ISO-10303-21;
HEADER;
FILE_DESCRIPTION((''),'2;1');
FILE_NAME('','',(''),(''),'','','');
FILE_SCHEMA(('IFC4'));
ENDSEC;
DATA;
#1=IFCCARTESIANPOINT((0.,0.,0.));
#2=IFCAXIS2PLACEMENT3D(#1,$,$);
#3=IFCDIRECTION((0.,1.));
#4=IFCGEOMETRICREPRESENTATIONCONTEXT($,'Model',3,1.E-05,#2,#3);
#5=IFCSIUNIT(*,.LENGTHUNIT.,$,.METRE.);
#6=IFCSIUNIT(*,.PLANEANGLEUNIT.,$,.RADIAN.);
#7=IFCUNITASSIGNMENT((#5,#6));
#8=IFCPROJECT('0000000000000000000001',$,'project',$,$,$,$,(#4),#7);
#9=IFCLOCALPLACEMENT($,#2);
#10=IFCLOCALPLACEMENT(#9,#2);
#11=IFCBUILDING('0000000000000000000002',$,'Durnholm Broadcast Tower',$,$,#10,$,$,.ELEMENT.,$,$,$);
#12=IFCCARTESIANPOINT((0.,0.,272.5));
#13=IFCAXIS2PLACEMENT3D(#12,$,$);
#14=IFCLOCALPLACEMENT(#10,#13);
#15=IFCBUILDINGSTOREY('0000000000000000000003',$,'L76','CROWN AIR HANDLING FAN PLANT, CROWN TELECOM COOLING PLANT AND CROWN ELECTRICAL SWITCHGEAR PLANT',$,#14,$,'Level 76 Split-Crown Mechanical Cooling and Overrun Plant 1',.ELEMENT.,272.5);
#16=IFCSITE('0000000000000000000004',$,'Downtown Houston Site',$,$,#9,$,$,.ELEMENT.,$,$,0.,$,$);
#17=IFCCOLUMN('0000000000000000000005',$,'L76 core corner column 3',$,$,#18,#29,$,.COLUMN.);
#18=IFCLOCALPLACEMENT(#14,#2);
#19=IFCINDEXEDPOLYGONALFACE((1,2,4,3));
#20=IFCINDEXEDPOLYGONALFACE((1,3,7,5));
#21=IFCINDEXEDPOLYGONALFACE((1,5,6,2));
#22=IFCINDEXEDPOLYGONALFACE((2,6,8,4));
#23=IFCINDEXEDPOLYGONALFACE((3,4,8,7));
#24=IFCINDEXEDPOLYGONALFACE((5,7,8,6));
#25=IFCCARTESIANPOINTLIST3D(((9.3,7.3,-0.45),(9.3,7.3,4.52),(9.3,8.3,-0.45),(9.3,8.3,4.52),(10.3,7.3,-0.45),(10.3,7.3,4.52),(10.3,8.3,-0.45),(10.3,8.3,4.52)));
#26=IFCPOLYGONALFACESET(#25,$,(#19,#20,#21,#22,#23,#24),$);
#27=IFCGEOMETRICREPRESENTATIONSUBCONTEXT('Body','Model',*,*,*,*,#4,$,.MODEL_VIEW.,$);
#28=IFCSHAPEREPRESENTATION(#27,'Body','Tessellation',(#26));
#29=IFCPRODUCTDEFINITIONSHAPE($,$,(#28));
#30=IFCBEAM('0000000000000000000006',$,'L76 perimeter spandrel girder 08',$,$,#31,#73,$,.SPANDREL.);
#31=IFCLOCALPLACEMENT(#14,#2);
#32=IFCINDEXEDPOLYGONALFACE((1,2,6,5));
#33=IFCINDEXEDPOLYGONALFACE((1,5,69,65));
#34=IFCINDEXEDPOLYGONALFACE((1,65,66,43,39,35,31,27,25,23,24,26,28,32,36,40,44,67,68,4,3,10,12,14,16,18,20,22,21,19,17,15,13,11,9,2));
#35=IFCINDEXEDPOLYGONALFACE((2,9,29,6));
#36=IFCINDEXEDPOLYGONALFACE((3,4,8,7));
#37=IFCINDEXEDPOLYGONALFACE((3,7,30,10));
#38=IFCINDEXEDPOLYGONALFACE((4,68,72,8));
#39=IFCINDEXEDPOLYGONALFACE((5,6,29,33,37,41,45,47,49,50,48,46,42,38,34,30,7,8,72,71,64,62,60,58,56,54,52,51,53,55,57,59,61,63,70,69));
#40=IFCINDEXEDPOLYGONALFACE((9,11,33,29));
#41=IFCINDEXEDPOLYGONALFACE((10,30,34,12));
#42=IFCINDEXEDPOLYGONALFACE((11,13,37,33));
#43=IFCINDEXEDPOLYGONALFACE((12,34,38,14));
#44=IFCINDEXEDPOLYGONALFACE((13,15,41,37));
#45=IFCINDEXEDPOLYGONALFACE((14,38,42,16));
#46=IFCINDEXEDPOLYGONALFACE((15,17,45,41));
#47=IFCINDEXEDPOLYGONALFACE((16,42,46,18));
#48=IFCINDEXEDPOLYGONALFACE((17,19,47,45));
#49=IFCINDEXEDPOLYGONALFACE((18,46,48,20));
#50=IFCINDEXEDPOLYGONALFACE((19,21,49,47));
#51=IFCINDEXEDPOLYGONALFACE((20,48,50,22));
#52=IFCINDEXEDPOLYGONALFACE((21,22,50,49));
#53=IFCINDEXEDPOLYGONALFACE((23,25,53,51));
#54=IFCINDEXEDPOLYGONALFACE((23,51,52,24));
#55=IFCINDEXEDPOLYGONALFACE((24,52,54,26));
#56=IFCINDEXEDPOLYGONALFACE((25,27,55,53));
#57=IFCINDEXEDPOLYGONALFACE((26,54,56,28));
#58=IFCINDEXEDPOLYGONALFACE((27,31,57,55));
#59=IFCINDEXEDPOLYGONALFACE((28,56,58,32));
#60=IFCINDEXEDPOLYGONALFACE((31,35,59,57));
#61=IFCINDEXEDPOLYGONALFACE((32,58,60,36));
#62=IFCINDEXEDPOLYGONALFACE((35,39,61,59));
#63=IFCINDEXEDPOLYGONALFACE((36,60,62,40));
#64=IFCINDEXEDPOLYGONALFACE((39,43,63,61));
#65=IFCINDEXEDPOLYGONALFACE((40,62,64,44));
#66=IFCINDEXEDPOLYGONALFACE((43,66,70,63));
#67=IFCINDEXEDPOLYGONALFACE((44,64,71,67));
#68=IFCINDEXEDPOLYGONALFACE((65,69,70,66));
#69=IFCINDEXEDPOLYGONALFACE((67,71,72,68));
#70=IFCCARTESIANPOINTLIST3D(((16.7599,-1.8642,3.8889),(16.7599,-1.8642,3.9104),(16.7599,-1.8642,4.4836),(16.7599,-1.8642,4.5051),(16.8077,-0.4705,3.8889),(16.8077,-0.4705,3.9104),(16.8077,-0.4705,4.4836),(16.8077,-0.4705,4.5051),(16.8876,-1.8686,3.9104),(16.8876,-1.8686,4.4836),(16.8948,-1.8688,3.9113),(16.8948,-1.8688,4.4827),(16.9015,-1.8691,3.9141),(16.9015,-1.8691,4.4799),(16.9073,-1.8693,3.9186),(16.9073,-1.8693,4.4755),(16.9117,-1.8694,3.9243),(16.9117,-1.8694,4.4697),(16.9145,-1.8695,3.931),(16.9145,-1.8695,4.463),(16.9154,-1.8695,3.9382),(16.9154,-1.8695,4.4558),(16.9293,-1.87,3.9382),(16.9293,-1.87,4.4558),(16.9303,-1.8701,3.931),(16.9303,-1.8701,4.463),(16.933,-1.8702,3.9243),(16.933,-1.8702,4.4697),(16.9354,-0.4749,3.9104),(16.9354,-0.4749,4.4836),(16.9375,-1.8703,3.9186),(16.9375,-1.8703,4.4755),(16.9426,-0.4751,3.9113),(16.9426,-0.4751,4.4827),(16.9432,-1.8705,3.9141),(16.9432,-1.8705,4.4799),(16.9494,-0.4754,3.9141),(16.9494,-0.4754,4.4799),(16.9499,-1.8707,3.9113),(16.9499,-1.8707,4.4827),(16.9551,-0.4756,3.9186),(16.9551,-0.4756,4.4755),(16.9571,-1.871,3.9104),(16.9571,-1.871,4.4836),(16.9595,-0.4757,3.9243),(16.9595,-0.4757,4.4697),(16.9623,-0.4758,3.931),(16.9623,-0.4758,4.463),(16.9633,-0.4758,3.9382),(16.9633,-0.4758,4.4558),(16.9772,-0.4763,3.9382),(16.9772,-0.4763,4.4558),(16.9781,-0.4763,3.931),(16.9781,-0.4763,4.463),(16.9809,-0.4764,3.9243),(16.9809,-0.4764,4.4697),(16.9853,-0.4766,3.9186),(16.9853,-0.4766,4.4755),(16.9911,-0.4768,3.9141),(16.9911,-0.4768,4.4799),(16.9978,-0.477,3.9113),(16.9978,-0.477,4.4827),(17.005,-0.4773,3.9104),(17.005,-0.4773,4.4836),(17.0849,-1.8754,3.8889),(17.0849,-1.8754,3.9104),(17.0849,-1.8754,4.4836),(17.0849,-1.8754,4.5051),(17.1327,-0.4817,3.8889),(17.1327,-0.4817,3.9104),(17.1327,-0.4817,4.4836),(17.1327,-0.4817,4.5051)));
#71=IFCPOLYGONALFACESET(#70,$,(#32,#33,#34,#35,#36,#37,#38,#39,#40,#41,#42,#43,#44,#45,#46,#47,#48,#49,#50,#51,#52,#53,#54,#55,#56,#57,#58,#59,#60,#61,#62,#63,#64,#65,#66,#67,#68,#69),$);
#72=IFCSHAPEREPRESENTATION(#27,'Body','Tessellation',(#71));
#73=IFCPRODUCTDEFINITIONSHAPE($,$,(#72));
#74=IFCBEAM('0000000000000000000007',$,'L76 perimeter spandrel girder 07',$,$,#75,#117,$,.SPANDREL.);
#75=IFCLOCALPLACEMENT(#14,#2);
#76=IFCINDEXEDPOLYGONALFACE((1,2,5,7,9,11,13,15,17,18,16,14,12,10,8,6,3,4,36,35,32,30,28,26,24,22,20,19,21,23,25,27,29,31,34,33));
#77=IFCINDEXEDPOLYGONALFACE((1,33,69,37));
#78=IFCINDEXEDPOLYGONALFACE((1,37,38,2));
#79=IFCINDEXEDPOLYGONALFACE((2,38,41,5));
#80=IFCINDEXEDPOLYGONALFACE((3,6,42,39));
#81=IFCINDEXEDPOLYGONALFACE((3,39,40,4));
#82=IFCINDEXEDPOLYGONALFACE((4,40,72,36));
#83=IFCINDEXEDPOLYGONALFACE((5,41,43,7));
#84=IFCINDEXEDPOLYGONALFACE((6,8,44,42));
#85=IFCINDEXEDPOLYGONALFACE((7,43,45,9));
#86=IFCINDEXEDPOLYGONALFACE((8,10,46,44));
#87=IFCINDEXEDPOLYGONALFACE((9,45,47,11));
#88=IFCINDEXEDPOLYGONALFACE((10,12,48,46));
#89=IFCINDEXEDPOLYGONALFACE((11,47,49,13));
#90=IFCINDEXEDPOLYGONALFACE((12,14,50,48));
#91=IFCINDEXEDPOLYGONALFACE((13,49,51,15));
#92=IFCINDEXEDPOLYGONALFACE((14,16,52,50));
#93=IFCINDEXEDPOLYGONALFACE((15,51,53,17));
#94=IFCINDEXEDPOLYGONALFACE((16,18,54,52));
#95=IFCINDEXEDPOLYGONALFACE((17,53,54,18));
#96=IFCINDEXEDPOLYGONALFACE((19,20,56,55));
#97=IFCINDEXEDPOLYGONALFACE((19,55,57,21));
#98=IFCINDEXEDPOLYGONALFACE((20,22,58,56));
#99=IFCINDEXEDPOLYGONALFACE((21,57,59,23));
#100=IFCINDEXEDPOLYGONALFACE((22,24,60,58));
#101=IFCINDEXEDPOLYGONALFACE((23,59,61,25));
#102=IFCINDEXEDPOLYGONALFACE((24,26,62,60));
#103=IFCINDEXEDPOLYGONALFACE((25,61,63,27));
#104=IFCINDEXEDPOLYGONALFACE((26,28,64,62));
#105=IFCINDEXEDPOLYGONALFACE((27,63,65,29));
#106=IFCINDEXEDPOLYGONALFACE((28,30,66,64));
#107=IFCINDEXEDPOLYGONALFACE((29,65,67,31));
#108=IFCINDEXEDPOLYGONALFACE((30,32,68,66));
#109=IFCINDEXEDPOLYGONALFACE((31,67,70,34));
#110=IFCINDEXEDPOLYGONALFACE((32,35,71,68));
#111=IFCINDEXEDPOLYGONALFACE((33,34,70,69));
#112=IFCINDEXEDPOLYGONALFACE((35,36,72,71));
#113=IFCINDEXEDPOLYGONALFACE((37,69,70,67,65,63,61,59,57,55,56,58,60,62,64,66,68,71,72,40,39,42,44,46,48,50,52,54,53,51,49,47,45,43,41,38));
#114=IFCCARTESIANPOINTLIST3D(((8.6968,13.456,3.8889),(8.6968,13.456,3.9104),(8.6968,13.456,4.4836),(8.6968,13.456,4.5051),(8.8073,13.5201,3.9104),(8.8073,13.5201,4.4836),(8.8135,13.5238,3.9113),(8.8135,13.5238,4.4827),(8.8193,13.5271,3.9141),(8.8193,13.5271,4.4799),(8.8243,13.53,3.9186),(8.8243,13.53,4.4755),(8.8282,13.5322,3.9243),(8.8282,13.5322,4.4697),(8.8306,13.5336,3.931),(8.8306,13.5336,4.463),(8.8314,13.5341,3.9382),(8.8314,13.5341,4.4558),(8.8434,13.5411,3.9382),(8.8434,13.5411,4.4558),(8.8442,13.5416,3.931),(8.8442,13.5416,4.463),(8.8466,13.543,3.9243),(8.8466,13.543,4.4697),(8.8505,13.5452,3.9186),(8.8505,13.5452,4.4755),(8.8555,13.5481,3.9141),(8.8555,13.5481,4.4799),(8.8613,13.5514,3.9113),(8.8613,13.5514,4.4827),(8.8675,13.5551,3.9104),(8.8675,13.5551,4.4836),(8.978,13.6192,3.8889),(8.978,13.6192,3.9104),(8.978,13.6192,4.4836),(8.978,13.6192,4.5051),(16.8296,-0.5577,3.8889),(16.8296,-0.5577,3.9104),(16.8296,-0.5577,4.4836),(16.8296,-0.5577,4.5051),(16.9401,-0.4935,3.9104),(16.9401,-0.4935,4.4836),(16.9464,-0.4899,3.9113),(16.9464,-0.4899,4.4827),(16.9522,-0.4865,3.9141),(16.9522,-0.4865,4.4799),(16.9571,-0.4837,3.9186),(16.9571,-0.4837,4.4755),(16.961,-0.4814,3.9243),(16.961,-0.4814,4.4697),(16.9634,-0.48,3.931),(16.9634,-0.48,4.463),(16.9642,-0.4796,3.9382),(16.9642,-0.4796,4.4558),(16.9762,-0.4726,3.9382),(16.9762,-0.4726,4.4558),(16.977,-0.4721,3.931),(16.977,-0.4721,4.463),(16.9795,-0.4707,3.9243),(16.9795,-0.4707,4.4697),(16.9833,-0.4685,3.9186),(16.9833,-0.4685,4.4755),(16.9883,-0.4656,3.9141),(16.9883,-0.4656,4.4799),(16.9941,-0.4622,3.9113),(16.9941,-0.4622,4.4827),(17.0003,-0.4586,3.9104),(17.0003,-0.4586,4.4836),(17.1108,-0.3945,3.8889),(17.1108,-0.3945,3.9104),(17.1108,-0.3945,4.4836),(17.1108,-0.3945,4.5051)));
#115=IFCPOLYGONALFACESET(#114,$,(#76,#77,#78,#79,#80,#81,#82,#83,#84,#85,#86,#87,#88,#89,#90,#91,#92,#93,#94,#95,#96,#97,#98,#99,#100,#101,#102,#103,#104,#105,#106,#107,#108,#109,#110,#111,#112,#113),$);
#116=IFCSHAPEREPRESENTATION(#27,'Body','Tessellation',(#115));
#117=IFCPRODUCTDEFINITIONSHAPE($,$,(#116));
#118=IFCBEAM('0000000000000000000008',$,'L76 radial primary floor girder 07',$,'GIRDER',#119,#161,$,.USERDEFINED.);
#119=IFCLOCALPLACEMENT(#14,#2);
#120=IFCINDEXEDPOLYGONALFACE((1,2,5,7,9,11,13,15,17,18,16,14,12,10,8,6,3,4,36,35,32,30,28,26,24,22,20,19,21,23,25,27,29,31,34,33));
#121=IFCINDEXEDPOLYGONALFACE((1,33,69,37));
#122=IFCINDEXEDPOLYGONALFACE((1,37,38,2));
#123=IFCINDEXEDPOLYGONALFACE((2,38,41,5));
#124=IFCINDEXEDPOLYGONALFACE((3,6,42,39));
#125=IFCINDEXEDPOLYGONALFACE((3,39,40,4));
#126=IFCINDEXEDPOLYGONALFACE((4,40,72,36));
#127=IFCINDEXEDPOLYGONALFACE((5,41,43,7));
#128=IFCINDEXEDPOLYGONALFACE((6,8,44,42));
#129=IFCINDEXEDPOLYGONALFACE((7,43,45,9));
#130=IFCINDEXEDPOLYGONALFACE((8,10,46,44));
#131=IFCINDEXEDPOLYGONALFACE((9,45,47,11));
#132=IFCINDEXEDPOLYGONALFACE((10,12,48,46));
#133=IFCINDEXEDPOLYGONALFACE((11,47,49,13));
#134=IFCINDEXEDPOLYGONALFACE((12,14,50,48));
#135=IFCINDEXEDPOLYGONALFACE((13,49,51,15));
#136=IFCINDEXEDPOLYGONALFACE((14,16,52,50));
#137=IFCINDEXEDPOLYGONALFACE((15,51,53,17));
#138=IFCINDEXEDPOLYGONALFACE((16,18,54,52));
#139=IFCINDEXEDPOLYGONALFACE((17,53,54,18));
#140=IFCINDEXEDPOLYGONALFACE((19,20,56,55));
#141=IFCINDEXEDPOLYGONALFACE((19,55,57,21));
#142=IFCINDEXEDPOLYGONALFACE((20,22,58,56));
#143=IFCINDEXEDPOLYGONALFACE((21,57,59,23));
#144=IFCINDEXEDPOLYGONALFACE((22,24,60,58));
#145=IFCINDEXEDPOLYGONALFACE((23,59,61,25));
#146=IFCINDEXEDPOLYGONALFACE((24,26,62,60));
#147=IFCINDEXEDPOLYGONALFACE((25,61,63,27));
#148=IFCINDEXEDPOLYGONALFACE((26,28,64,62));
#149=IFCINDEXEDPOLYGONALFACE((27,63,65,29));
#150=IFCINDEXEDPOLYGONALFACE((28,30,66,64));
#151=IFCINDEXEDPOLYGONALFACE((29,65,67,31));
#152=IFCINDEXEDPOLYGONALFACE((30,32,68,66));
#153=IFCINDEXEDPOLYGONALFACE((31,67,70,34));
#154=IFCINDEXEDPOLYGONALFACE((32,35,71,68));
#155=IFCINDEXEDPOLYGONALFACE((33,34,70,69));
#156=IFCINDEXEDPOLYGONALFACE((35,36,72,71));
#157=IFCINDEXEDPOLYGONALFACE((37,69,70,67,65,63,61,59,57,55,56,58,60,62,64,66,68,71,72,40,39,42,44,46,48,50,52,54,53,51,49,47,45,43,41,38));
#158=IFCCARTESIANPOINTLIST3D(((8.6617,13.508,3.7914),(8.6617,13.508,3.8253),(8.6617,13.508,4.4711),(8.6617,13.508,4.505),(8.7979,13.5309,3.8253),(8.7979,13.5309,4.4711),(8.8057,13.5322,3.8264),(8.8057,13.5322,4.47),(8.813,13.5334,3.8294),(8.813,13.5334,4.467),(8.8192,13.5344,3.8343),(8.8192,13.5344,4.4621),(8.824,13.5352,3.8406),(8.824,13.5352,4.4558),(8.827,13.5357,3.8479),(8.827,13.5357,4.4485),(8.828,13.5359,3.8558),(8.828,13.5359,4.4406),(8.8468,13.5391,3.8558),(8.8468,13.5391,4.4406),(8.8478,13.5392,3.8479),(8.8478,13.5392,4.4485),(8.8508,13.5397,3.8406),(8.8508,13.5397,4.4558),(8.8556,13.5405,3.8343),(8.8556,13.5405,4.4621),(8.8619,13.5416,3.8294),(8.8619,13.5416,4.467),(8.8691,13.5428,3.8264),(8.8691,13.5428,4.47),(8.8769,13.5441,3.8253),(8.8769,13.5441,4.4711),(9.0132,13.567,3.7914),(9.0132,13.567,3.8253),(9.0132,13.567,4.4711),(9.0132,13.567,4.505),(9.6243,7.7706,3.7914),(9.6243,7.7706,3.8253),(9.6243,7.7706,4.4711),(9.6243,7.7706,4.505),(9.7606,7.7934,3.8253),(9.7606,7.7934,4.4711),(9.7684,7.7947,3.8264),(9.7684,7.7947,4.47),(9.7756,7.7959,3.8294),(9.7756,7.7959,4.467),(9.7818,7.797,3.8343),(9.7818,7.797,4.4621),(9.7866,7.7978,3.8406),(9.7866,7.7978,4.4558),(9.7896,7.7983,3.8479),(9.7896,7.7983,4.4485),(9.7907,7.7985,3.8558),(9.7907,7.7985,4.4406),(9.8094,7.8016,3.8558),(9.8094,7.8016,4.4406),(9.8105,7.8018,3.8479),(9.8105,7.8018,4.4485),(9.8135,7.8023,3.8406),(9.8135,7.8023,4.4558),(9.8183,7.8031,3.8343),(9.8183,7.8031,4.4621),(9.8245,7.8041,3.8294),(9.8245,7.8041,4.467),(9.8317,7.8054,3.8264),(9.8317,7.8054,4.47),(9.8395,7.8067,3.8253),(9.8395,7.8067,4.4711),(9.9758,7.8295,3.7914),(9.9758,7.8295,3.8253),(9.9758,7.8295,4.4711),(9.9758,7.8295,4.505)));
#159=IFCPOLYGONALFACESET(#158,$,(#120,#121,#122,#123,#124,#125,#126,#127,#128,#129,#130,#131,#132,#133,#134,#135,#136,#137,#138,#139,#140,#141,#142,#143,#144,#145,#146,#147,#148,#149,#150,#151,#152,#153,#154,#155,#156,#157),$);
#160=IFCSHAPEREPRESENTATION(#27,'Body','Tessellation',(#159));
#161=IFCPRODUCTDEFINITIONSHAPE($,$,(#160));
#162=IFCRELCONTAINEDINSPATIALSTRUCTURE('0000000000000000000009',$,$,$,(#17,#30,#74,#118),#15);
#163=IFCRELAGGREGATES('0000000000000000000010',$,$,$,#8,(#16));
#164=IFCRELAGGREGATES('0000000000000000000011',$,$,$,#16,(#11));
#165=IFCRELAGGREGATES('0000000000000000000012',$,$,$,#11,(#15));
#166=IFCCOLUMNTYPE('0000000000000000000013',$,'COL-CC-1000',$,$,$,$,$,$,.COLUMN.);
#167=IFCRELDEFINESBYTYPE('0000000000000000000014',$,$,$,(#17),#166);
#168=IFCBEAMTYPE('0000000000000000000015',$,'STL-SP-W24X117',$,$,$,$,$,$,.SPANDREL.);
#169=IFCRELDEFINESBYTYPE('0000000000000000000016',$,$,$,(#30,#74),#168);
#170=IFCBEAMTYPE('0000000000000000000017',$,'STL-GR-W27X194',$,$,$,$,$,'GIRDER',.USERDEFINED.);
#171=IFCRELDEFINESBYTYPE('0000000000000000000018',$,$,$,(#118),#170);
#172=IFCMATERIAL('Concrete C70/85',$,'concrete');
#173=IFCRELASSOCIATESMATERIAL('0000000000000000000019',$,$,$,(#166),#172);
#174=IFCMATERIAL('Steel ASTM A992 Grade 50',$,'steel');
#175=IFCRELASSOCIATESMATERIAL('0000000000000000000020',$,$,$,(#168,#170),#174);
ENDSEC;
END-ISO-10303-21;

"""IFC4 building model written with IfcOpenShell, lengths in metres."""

from ifc_helpers import new_model, si_unit, direction, frame, origin, origin_2d, place, context, subcontext, project, spatial, rectangle, i_section, extrude, source, transform, mapped, material, material_profile, profile_set, type_object, type_shapes, element, save


model = new_model("IFC4")

# Units and contexts
model_context = context("Model", 3, precision=1e-05, world=origin(), true_north=direction((0.0, 1.0)))
body_context = subcontext(model_context, "Body", "Model", "MODEL_VIEW")
ifc_project = project(units=[si_unit("LENGTHUNIT", "METRE"), si_unit("PLANEANGLEUNIT", "RADIAN")], contexts=[model_context])

# Site, building, storey
site_placement = place(None, origin())
site = spatial("IfcSite", under=ifc_project, at=site_placement, Name="Downtown Houston Site", CompositionType="ELEMENT", RefElevation=0.0)
building_placement = place(site_placement, origin())
building = spatial("IfcBuilding", under=site, at=building_placement, Name="Durnholm Broadcast Tower", CompositionType="ELEMENT")
storey_placement = place(building_placement, frame((0.0, 0.0, 272.5)))
storey = spatial("IfcBuildingStorey", under=building, at=storey_placement, Name="L76", Description="CROWN AIR HANDLING FAN PLANT, CROWN TELECOM COOLING PLANT AND CROWN ELECTRICAL SWITCHGEAR PLANT", LongName="Level 76 Split-Crown Mechanical Cooling and Overrun Plant 1", CompositionType="ELEMENT", Elevation=272.5)

# Column
ifc_material_1 = material(Name="Concrete C70/85", Category="concrete")
ifc_material_profile_1 = material_profile(ifc_material_1, rectangle(XDim=1.0, YDim=1.0, at=origin_2d()), Name="RC1000X1000")
ifc_profile_set_1 = profile_set([ifc_material_profile_1], Name="Concrete C70/85")
column_type = type_object("IfcColumnType", Name="COL-CC-1000", PredefinedType="COLUMN", material=ifc_profile_set_1)
shared_shape_1 = source(origin(), body_context, "Body", "SweptSolid", [
    extrude(rectangle(XDim=1.0, YDim=1.0, at=origin_2d()), origin(), (0.0, 0.0, 1.0), 4.97),
])
type_shapes(column_type, [shared_shape_1])
column_placement = place(storey_placement, frame((9.8, 7.8, -0.45), z_axis=(0.0, 0.0, 1.0), x_axis=(1.0, 0.0, 0.0)))
element("IfcColumn", 1, at=column_placement, inside=storey, type_object=column_type, Name="L76 core corner column 3", PredefinedType="COLUMN", context=body_context, shape_type="MappedRepresentation", body=[
    mapped(shared_shape_1, transform((0.0, 0.0, 0.0), x_axis=(1.0, 0.0, 0.0), y_axis=(0.0, 1.0, 0.0), z_axis=(0.0, 0.0, 1.0), scale=1.0)),
])

# Beams
ifc_material_2 = material(Name="Steel ASTM A992 Grade 50", Category="steel")
ifc_material_profile_2 = material_profile(ifc_material_2, i_section(OverallWidth=0.3252, OverallDepth=0.6162, WebThickness=0.0139, FlangeThickness=0.0215, FilletRadius=0.0278, at=origin_2d()), Name="W24X117")
ifc_profile_set_2 = profile_set([ifc_material_profile_2], Name="Steel ASTM A992 Grade 50")
beam_type_1 = type_object("IfcBeamType", Name="STL-SP-W24X117", PredefinedType="SPANDREL", material=ifc_profile_set_2)
shared_shape_2 = source(origin(), body_context, "Body", "SweptSolid", [
    extrude(i_section(OverallWidth=0.3252, OverallDepth=0.6162, WebThickness=0.0139, FlangeThickness=0.0215, FilletRadius=0.0278, at=origin_2d()), origin(), (0.0, 0.0, 1.0), 1.3945),
])
beam_1_placement = place(storey_placement, frame((16.9702, -0.4761, 4.197), z_axis=(-0.034312, -0.999411, 0.0), x_axis=(0.999411, -0.034312, 0.0)))
element("IfcBeam", 2, at=beam_1_placement, inside=storey, type_object=beam_type_1, Name="L76 perimeter spandrel girder 08", PredefinedType="SPANDREL", context=body_context, shape_type="MappedRepresentation", body=[
    mapped(shared_shape_2, transform((0.0, 0.0, 0.0), x_axis=(1.0, 0.0, 0.0), y_axis=(0.0, 1.0, 0.0), z_axis=(0.0, 0.0, 1.0), scale=1.0)),
])
shared_shape_3 = source(origin(), body_context, "Body", "SweptSolid", [
    extrude(i_section(OverallWidth=0.3252, OverallDepth=0.6162, WebThickness=0.0139, FlangeThickness=0.0215, FilletRadius=0.0278, at=origin_2d()), origin(), (0.0, 0.0, 1.0), 16.2026),
])
type_shapes(beam_type_1, [shared_shape_2, shared_shape_3])
beam_2_placement = place(storey_placement, frame((8.8374, 13.5376, 4.197), z_axis=(0.501944, -0.8649, 0.0), x_axis=(0.8649, 0.501944, 0.0)))
element("IfcBeam", 3, at=beam_2_placement, inside=storey, type_object=beam_type_1, Name="L76 perimeter spandrel girder 07", PredefinedType="SPANDREL", context=body_context, shape_type="MappedRepresentation", body=[
    mapped(shared_shape_3, transform((0.0, 0.0, 0.0), x_axis=(1.0, 0.0, 0.0), y_axis=(0.0, 1.0, 0.0), z_axis=(0.0, 0.0, 1.0), scale=1.0)),
])
ifc_material_profile_3 = material_profile(ifc_material_2, i_section(OverallWidth=0.3564, OverallDepth=0.7136, WebThickness=0.019, FlangeThickness=0.0339, FilletRadius=0.0305, at=origin_2d()), Name="W27X194")
ifc_profile_set_3 = profile_set([ifc_material_profile_3], Name="Steel ASTM A992 Grade 50")
beam_type_2 = type_object("IfcBeamType", Name="STL-GR-W27X194", ElementType="GIRDER", PredefinedType="USERDEFINED", material=ifc_profile_set_3)
shared_shape_4 = source(origin(), body_context, "Body", "SweptSolid", [
    extrude(i_section(OverallWidth=0.3564, OverallDepth=0.7136, WebThickness=0.019, FlangeThickness=0.0339, FilletRadius=0.0305, at=origin_2d()), origin(), (0.0, 0.0, 1.0), 5.8176),
])
beam_3_placement = place(storey_placement, frame((9.8, 7.8, 4.1482), z_axis=(-0.165467, 0.986215, 0.0), x_axis=(-0.986215, -0.165467, 0.0)))
element("IfcBeam", 4, at=beam_3_placement, inside=storey, type_object=beam_type_2, Name="L76 radial primary floor girder 07", ObjectType="GIRDER", PredefinedType="USERDEFINED", context=body_context, shape_type="MappedRepresentation", body=[
    mapped(shared_shape_4, transform((0.0, 0.0, 0.0), x_axis=(1.0, 0.0, 0.0), y_axis=(0.0, 1.0, 0.0), z_axis=(0.0, 0.0, 1.0), scale=1.0)),
])

save(model, "model.ifc")
